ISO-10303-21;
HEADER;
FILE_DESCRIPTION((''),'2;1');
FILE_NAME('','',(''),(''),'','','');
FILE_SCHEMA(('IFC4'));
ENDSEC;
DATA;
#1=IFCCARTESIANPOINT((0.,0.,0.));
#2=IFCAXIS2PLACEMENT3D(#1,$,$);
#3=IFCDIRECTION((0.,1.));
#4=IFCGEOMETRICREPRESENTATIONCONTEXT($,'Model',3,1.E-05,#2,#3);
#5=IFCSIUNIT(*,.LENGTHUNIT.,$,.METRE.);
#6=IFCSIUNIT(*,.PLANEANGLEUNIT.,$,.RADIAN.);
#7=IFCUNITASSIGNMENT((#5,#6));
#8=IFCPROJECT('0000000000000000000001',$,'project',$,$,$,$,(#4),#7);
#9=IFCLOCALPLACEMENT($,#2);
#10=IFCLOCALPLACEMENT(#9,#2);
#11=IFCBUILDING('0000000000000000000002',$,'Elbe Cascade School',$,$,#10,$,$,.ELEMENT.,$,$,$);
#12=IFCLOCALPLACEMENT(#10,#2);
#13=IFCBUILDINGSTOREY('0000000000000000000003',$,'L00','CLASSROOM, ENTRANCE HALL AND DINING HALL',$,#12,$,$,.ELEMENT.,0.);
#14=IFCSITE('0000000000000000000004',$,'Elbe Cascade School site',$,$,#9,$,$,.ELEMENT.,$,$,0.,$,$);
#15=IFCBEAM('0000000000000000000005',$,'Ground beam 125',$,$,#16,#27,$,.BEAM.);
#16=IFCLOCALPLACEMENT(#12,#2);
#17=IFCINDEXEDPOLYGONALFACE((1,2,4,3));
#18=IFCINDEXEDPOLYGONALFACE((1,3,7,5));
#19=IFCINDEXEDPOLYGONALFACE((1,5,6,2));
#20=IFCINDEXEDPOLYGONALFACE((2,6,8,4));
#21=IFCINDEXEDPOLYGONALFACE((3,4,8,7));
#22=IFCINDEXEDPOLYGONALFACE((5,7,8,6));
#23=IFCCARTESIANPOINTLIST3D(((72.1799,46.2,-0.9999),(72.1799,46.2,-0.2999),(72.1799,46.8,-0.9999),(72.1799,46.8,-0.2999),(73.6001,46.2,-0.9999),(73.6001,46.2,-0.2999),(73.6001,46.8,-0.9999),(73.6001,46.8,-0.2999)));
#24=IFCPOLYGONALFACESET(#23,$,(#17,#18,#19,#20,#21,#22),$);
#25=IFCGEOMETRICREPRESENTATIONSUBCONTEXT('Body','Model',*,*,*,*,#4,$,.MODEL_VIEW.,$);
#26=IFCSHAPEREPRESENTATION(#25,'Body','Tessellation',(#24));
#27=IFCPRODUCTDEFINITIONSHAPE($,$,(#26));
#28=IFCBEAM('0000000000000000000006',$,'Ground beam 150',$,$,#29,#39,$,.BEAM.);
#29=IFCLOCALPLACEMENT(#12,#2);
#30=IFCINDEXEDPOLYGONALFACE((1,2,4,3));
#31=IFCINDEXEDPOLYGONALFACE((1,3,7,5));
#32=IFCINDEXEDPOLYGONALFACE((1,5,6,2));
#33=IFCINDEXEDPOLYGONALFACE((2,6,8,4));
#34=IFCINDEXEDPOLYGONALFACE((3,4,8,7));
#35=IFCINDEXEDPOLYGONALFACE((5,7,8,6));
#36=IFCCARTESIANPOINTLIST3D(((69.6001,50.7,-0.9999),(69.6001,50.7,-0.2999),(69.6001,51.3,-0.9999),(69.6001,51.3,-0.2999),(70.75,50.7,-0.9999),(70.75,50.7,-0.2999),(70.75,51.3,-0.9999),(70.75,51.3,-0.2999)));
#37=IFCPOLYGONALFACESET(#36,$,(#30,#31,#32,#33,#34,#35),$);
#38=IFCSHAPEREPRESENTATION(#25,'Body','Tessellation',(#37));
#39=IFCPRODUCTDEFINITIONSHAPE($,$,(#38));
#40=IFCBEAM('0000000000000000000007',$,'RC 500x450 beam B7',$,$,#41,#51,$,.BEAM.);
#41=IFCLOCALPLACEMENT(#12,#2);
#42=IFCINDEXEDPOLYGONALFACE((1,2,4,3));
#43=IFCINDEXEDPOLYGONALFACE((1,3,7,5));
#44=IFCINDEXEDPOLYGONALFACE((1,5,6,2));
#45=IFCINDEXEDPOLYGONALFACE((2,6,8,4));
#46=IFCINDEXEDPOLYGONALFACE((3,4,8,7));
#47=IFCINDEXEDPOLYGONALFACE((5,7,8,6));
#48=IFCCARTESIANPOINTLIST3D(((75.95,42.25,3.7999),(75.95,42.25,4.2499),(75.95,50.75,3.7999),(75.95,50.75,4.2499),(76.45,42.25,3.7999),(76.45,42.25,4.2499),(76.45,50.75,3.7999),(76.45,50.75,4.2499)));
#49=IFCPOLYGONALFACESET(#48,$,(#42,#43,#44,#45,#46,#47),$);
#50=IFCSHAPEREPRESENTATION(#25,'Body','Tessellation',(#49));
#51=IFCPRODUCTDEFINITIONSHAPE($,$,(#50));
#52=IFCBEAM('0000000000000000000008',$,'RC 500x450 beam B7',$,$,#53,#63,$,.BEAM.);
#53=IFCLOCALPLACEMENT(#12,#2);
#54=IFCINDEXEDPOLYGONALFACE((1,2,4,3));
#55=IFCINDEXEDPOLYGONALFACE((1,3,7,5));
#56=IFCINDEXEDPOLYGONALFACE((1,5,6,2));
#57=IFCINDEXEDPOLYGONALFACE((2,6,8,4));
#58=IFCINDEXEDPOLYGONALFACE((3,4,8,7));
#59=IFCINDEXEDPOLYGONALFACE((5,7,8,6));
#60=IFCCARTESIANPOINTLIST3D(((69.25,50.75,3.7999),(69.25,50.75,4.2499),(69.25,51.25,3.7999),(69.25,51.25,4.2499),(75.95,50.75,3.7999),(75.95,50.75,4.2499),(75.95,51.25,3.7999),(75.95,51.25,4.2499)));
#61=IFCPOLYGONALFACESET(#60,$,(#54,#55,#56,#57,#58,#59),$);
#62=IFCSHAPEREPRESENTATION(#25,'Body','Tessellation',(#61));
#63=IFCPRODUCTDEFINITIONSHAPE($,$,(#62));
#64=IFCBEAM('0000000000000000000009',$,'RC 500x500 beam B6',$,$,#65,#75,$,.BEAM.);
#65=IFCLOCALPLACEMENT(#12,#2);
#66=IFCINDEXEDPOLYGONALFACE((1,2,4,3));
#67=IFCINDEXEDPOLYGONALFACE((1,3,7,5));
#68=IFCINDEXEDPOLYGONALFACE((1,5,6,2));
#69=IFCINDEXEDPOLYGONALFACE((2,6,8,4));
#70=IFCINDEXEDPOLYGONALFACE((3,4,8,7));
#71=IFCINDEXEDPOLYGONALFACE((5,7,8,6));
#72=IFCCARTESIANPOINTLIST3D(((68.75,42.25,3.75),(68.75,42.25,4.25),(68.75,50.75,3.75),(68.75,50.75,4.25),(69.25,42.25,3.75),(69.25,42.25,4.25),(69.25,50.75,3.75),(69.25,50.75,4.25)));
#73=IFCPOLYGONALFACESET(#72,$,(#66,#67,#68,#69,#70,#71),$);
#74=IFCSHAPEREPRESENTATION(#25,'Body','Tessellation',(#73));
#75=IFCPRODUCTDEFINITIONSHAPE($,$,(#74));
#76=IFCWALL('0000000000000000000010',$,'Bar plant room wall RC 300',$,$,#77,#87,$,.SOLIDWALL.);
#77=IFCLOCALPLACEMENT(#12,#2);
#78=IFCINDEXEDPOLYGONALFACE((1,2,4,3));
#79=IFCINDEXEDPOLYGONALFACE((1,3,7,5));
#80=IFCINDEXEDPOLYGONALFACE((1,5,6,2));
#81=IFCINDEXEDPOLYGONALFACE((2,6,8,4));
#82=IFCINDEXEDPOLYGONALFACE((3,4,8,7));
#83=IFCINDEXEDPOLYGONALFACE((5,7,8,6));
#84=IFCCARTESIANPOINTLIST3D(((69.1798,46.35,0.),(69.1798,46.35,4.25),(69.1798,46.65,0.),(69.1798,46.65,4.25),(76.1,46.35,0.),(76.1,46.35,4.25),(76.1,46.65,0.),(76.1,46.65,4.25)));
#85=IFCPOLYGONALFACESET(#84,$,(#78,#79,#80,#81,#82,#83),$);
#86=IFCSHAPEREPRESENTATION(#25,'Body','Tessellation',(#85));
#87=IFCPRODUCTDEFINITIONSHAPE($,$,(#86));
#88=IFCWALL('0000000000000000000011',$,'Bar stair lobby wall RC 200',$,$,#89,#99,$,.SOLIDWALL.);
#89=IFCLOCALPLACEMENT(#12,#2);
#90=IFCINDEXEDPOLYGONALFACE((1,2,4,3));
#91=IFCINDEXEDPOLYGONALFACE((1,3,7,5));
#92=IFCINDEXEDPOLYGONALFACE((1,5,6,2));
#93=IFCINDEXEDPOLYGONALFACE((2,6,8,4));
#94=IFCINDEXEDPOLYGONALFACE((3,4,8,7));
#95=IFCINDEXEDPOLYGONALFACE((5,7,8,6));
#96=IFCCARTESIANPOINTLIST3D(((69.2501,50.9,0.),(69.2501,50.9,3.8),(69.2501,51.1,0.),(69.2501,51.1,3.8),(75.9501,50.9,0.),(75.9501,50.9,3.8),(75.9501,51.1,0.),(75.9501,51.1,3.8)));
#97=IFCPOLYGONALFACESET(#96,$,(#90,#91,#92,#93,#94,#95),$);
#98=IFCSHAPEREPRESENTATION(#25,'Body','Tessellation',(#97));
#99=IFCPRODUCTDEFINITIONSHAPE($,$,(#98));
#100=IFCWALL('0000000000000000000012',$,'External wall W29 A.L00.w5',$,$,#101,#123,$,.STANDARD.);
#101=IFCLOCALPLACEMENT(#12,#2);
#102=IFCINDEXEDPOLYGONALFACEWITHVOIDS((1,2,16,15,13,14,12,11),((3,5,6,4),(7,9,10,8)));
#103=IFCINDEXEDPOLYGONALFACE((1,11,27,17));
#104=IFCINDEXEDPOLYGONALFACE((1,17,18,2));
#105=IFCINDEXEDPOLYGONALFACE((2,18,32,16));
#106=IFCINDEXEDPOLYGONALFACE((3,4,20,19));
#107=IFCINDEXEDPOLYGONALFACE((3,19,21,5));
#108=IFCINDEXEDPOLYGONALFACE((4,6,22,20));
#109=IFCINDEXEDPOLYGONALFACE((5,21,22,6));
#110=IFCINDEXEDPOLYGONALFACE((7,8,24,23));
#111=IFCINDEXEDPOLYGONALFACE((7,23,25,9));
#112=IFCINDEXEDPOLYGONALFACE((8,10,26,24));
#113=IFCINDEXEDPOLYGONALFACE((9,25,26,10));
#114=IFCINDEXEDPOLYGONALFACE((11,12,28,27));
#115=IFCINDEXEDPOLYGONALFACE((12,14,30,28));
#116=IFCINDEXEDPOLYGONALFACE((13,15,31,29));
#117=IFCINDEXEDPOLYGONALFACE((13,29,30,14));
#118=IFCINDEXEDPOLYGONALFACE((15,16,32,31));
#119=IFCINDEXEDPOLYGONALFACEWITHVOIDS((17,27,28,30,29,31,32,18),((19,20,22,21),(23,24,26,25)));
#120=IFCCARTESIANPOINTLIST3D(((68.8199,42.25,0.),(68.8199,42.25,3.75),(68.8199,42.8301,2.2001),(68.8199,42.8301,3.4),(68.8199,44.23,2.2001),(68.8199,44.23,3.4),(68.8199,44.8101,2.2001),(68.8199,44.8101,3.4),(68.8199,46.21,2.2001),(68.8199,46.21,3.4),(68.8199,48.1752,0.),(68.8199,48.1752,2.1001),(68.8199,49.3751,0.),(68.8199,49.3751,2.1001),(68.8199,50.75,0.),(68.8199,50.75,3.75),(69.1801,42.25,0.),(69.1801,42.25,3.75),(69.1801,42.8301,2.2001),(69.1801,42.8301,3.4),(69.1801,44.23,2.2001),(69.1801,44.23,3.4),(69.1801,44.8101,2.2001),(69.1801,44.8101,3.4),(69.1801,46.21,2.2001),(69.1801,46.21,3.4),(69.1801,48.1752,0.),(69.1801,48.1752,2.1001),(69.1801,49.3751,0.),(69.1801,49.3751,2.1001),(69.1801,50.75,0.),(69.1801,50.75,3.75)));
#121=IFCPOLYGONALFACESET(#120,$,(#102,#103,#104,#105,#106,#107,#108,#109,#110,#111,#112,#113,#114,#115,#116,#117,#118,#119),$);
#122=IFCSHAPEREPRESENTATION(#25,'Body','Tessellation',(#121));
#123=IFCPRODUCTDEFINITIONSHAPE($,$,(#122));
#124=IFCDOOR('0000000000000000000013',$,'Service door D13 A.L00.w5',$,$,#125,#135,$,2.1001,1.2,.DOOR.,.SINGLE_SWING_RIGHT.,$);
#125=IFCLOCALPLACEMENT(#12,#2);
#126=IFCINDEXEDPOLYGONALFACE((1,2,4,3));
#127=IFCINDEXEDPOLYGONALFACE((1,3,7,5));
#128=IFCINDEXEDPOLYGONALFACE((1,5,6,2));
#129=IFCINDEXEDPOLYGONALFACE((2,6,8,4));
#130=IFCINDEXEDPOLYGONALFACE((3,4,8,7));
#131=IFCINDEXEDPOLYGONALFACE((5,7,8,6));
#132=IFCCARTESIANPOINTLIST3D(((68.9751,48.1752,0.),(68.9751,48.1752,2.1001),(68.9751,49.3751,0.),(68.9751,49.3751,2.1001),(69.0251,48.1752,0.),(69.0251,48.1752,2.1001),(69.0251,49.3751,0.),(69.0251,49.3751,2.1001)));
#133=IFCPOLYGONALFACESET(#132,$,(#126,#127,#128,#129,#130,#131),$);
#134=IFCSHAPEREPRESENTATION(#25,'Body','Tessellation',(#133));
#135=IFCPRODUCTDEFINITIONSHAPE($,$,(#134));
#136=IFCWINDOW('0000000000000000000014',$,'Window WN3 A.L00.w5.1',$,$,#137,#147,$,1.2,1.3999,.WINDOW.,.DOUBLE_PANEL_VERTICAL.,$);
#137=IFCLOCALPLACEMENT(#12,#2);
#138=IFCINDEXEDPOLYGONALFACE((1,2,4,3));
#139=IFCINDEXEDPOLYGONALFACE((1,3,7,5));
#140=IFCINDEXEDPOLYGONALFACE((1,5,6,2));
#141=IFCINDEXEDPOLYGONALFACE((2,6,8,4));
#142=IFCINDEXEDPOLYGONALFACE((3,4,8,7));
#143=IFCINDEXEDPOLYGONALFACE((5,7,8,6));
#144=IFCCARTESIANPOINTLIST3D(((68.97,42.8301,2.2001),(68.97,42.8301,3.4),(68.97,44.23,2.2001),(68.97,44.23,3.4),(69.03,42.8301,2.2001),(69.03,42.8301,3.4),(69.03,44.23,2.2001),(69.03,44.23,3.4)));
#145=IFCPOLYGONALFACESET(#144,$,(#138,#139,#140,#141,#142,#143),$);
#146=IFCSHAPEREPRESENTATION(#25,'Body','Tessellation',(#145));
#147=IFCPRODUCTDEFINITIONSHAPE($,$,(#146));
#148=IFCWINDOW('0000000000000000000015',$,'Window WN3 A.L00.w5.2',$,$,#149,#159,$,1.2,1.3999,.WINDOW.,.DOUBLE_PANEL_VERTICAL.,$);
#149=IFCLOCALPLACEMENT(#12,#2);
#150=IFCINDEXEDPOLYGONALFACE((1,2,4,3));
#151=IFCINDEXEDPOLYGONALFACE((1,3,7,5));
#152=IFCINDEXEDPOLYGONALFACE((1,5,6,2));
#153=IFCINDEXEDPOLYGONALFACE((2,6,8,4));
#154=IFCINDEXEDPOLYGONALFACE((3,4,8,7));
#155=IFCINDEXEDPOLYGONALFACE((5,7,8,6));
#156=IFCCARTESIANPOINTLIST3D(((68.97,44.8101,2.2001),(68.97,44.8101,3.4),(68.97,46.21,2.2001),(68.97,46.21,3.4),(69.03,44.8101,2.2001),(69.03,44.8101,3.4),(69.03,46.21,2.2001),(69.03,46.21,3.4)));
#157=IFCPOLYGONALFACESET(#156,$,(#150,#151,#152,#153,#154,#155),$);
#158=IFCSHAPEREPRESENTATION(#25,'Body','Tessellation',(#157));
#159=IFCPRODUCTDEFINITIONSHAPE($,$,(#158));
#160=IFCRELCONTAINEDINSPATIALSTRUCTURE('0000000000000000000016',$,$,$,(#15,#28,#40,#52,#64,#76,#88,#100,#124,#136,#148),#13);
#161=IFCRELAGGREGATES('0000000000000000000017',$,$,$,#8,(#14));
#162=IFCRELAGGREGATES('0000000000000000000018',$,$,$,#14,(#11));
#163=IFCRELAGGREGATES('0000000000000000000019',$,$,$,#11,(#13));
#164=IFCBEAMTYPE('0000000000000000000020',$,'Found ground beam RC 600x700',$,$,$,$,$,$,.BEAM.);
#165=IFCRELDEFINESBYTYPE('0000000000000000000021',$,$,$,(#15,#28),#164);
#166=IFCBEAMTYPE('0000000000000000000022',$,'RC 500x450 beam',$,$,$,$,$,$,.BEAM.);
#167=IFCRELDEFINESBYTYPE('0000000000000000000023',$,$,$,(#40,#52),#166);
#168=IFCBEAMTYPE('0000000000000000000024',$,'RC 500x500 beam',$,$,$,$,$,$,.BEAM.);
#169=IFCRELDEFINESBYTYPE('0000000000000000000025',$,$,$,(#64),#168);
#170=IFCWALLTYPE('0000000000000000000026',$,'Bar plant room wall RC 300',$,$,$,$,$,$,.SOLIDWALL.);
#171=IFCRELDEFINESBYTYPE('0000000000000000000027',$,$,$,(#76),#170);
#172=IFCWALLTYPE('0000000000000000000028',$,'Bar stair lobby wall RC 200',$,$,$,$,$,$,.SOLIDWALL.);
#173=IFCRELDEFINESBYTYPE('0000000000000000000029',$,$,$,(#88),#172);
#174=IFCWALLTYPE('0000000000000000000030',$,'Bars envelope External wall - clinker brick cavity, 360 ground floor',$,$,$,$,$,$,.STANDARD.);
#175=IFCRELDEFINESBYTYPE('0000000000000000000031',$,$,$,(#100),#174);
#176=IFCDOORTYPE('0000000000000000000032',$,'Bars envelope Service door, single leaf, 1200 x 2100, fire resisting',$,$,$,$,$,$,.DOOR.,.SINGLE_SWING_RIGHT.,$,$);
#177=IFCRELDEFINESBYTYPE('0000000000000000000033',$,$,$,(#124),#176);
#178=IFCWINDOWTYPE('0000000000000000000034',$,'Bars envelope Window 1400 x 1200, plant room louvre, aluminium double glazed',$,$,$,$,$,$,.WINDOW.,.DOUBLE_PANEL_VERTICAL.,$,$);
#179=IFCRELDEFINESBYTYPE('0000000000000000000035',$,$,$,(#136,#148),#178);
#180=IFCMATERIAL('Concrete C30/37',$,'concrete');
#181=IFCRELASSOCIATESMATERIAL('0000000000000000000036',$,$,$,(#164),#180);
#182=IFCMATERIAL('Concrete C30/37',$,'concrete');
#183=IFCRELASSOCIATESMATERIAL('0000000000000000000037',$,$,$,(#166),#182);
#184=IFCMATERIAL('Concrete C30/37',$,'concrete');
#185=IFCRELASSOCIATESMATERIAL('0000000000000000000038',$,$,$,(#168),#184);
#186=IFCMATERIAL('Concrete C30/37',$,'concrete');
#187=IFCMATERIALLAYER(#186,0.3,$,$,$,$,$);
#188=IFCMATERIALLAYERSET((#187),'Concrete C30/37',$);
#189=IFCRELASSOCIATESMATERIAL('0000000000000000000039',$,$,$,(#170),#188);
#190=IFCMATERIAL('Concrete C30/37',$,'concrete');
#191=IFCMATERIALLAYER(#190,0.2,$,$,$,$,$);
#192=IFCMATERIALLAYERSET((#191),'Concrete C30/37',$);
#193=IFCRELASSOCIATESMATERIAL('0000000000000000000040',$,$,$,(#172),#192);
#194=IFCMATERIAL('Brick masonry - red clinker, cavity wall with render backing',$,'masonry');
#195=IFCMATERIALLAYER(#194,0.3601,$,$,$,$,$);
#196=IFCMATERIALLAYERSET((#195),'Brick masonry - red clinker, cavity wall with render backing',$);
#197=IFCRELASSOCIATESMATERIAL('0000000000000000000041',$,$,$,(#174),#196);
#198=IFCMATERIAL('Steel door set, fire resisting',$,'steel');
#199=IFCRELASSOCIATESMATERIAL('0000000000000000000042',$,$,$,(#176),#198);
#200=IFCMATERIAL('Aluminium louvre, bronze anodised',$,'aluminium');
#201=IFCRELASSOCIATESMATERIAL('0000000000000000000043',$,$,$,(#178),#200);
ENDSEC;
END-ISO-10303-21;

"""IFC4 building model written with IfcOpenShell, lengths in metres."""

from ifc_helpers import new_model, si_unit, direction, frame, frame_2d, origin, origin_2d, place, context, subcontext, project, spatial, rectangle, extrude, material, layer, layer_set, material_profile, profile_set, type_object, element, fill, save


model = new_model("IFC4")

# Units and contexts
model_context = context("Model", 3, precision=1e-05, world=origin(), true_north=direction((0.0, 1.0)))
body_context = subcontext(model_context, "Body", "Model", "MODEL_VIEW")
ifc_project = project(units=[si_unit("LENGTHUNIT", "METRE"), si_unit("PLANEANGLEUNIT", "RADIAN")], contexts=[model_context])

# Site, building, storey
site_placement = place(None, origin())
site = spatial("IfcSite", under=ifc_project, at=site_placement, Name="Elbe Cascade School site", CompositionType="ELEMENT", RefElevation=0.0)
building_placement = place(site_placement, origin())
building = spatial("IfcBuilding", under=site, at=building_placement, Name="Elbe Cascade School", CompositionType="ELEMENT")
storey_placement = place(building_placement, origin())
storey = spatial("IfcBuildingStorey", under=building, at=storey_placement, Name="L00", Description="CLASSROOM, ENTRANCE HALL AND DINING HALL", CompositionType="ELEMENT", Elevation=0.0)

# Beams
ifc_material_1 = material(Name="Concrete C30/37", Category="concrete")
ifc_material_profile_1 = material_profile(ifc_material_1, rectangle(XDim=0.6001, YDim=0.7, at=origin_2d()), Name="RC 600x700")
ifc_profile_set_1 = profile_set([ifc_material_profile_1], Name="Concrete C30/37")
beam_type_1 = type_object("IfcBeamType", Name="Found ground beam RC 600x700", PredefinedType="BEAM", material=ifc_profile_set_1)
beam_1_placement = place(storey_placement, frame((72.1799, 46.5, -0.6499), z_axis=(1.0, 0.0, 0.0), x_axis=(0.0, 1.0, 0.0)))
element("IfcBeam", 1, at=beam_1_placement, inside=storey, type_object=beam_type_1, Name="Ground beam 125", PredefinedType="BEAM", context=body_context, shape_type="SweptSolid", body=[
    extrude(rectangle(XDim=0.6001, YDim=0.7, at=origin_2d()), origin(), (0.0, 0.0, 1.0), 1.4202),
])
beam_2_placement = place(storey_placement, frame((69.6001, 51.0, -0.6499), z_axis=(1.0, 0.0, 0.0), x_axis=(0.0, 1.0, 0.0)))
element("IfcBeam", 2, at=beam_2_placement, inside=storey, type_object=beam_type_1, Name="Ground beam 150", PredefinedType="BEAM", context=body_context, shape_type="SweptSolid", body=[
    extrude(rectangle(XDim=0.6001, YDim=0.7, at=origin_2d()), origin(), (0.0, 0.0, 1.0), 1.1499),
])
ifc_material_2 = material(Name="Concrete C30/37", Category="concrete")
ifc_material_profile_2 = material_profile(ifc_material_2, rectangle(XDim=0.5, YDim=0.45, at=origin_2d()), Name="RC 500x450")
ifc_profile_set_2 = profile_set([ifc_material_profile_2], Name="Concrete C30/37")
beam_type_2 = type_object("IfcBeamType", Name="RC 500x450 beam", PredefinedType="BEAM", material=ifc_profile_set_2)
beam_3_placement = place(storey_placement, frame((76.2, 42.25, 4.0249), z_axis=(0.0, 1.0, 0.0), x_axis=(-1.0, 0.0, 0.0)))
element("IfcBeam", 3, at=beam_3_placement, inside=storey, type_object=beam_type_2, Name="RC 500x450 beam B7", PredefinedType="BEAM", context=body_context, shape_type="SweptSolid", body=[
    extrude(rectangle(XDim=0.5, YDim=0.45, at=origin_2d()), origin(), (0.0, 0.0, 1.0), 8.5),
])
beam_4_placement = place(storey_placement, frame((69.25, 51.0, 4.0249), z_axis=(1.0, 0.0, 0.0), x_axis=(0.0, 1.0, 0.0)))
element("IfcBeam", 4, at=beam_4_placement, inside=storey, type_object=beam_type_2, Name="RC 500x450 beam B7", PredefinedType="BEAM", context=body_context, shape_type="SweptSolid", body=[
    extrude(rectangle(XDim=0.5, YDim=0.45, at=origin_2d()), origin(), (0.0, 0.0, 1.0), 6.7),
])
ifc_material_3 = material(Name="Concrete C30/37", Category="concrete")
ifc_material_profile_3 = material_profile(ifc_material_3, rectangle(XDim=0.5, YDim=0.5, at=origin_2d()), Name="RC 500x500")
ifc_profile_set_3 = profile_set([ifc_material_profile_3], Name="Concrete C30/37")
beam_type_3 = type_object("IfcBeamType", Name="RC 500x500 beam", PredefinedType="BEAM", material=ifc_profile_set_3)
beam_5_placement = place(storey_placement, frame((69.0, 42.25, 4.0), z_axis=(0.0, 1.0, 0.0), x_axis=(-1.0, 0.0, 0.0)))
element("IfcBeam", 5, at=beam_5_placement, inside=storey, type_object=beam_type_3, Name="RC 500x500 beam B6", PredefinedType="BEAM", context=body_context, shape_type="SweptSolid", body=[
    extrude(rectangle(XDim=0.5, YDim=0.5, at=origin_2d()), origin(), (0.0, 0.0, 1.0), 8.5),
])

# Walls
ifc_material_4 = material(Name="Concrete C30/37", Category="concrete")
ifc_layer_1 = layer(ifc_material_4, 0.3)
ifc_layer_set_1 = layer_set([ifc_layer_1], Name="Concrete C30/37")
wall_type_1 = type_object("IfcWallType", Name="Bar plant room wall RC 300", PredefinedType="SOLIDWALL", material=ifc_layer_set_1)
wall_1_placement = place(storey_placement, frame((69.1799, 46.5, 0.0), z_axis=(0.0, 0.0, 1.0), x_axis=(1.0, 0.0, 0.0)))
element("IfcWall", 6, at=wall_1_placement, inside=storey, type_object=wall_type_1, Name="Bar plant room wall RC 300", PredefinedType="SOLIDWALL", context=body_context, shape_type="SweptSolid", body=[
    extrude(rectangle(XDim=6.9202, YDim=0.3, at=frame_2d((3.46, 0.0))), origin(), (0.0, 0.0, 1.0), 4.25),
])
ifc_material_5 = material(Name="Concrete C30/37", Category="concrete")
ifc_layer_2 = layer(ifc_material_5, 0.2)
ifc_layer_set_2 = layer_set([ifc_layer_2], Name="Concrete C30/37")
wall_type_2 = type_object("IfcWallType", Name="Bar stair lobby wall RC 200", PredefinedType="SOLIDWALL", material=ifc_layer_set_2)
wall_2_placement = place(storey_placement, frame((69.25, 51.0, 0.0), z_axis=(0.0, 0.0, 1.0), x_axis=(1.0, 0.0, 0.0)))
element("IfcWall", 7, at=wall_2_placement, inside=storey, type_object=wall_type_2, Name="Bar stair lobby wall RC 200", PredefinedType="SOLIDWALL", context=body_context, shape_type="SweptSolid", body=[
    extrude(rectangle(XDim=6.7, YDim=0.2, at=frame_2d((3.3501, 0.0))), origin(), (0.0, 0.0, 1.0), 3.8),
])

# Wall, openings, door, windows
ifc_material_6 = material(Name="Brick masonry - red clinker, cavity wall with render backing", Category="masonry")
ifc_layer_3 = layer(ifc_material_6, 0.3601)
ifc_layer_set_3 = layer_set([ifc_layer_3], Name="Brick masonry - red clinker, cavity wall with render backing")
wall_type_3 = type_object("IfcWallType", Name="Bars envelope External wall - clinker brick cavity, 360 ground floor", PredefinedType="STANDARD", material=ifc_layer_set_3)
wall_3_placement = place(storey_placement, frame((69.0, 42.25, 0.0), z_axis=(0.0, 0.0, 1.0), x_axis=(0.0, 1.0, 0.0)))
wall_3 = element("IfcWall", 8, at=wall_3_placement, inside=storey, type_object=wall_type_3, Name="External wall W29 A.L00.w5", PredefinedType="STANDARD", context=body_context, shape_type="SweptSolid", body=[
    extrude(rectangle(XDim=8.5, YDim=0.3601, at=frame_2d((4.25, 0.0))), origin(), (0.0, 0.0, 1.0), 3.75),
])
opening_1_placement = place(wall_3_placement, frame((0.5801, 0.0, 2.2)))
opening_1 = element("IfcOpeningElement", 9, at=opening_1_placement, cuts=wall_3, PredefinedType="OPENING", context=body_context, shape_type="SweptSolid", body=[
    extrude(rectangle(XDim=1.3999, YDim=1.2, at=frame_2d((0.7, 0.6001))), frame((0.0, 0.1899, 0.0), z_axis=(0.0, -1.0, 0.0), x_axis=(1.0, 0.0, 0.0)), (0.0, 0.0, 1.0), 0.3801),
])
opening_2_placement = place(wall_3_placement, frame((2.5601, 0.0, 2.2)))
opening_2 = element("IfcOpeningElement", 10, at=opening_2_placement, cuts=wall_3, PredefinedType="OPENING", context=body_context, shape_type="SweptSolid", body=[
    extrude(rectangle(XDim=1.3999, YDim=1.2, at=frame_2d((0.7, 0.6001))), frame((0.0, 0.1899, 0.0), z_axis=(0.0, -1.0, 0.0), x_axis=(1.0, 0.0, 0.0)), (0.0, 0.0, 1.0), 0.3801),
])
opening_3_placement = place(wall_3_placement, frame((5.925, 0.0, 0.0)))
opening_3 = element("IfcOpeningElement", 11, at=opening_3_placement, cuts=wall_3, PredefinedType="OPENING", context=body_context, shape_type="SweptSolid", body=[
    extrude(rectangle(XDim=1.2, YDim=2.1001, at=frame_2d((0.6001, 1.05))), frame((0.0, 0.1899, 0.0), z_axis=(0.0, -1.0, 0.0), x_axis=(1.0, 0.0, 0.0)), (0.0, 0.0, 1.0), 0.3801),
])
ifc_material_7 = material(Name="Steel door set, fire resisting", Category="steel")
door_type = type_object("IfcDoorType", Name="Bars envelope Service door, single leaf, 1200 x 2100, fire resisting", OperationType="SINGLE_SWING_RIGHT", PredefinedType="DOOR", material=ifc_material_7)
door_placement = place(opening_3_placement, origin())
door = element("IfcDoor", 12, at=door_placement, inside=storey, type_object=door_type, Name="Service door D13 A.L00.w5", OperationType="SINGLE_SWING_RIGHT", OverallHeight=2.1001, OverallWidth=1.2, PredefinedType="DOOR", context=body_context, shape_type="SweptSolid", body=[
    extrude(rectangle(XDim=1.2, YDim=2.1001, at=frame_2d((0.6001, 1.05))), frame((0.0, 0.0249, 0.0), z_axis=(0.0, -1.0, 0.0), x_axis=(1.0, 0.0, 0.0)), (0.0, 0.0, 1.0), 0.05),
])
fill(opening_3, door)
ifc_material_8 = material(Name="Aluminium louvre, bronze anodised", Category="aluminium")
window_type = type_object("IfcWindowType", Name="Bars envelope Window 1400 x 1200, plant room louvre, aluminium double glazed", PartitioningType="DOUBLE_PANEL_VERTICAL", PredefinedType="WINDOW", material=ifc_material_8)
window_1_placement = place(opening_1_placement, origin())
window_1 = element("IfcWindow", 13, at=window_1_placement, inside=storey, type_object=window_type, Name="Window WN3 A.L00.w5.1", OverallHeight=1.2, OverallWidth=1.3999, PartitioningType="DOUBLE_PANEL_VERTICAL", PredefinedType="WINDOW", context=body_context, shape_type="SweptSolid", body=[
    extrude(rectangle(XDim=1.3999, YDim=1.2, at=frame_2d((0.7, 0.6001))), frame((0.0, 0.03, 0.0), z_axis=(0.0, -1.0, 0.0), x_axis=(1.0, 0.0, 0.0)), (0.0, 0.0, 1.0), 0.0601),
])
fill(opening_1, window_1)
window_2_placement = place(opening_2_placement, origin())
window_2 = element("IfcWindow", 14, at=window_2_placement, inside=storey, type_object=window_type, Name="Window WN3 A.L00.w5.2", OverallHeight=1.2, OverallWidth=1.3999, PartitioningType="DOUBLE_PANEL_VERTICAL", PredefinedType="WINDOW", context=body_context, shape_type="SweptSolid", body=[
    extrude(rectangle(XDim=1.3999, YDim=1.2, at=frame_2d((0.7, 0.6001))), frame((0.0, 0.03, 0.0), z_axis=(0.0, -1.0, 0.0), x_axis=(1.0, 0.0, 0.0)), (0.0, 0.0, 1.0), 0.0601),
])
fill(opening_2, window_2)

save(model, "model.ifc")
